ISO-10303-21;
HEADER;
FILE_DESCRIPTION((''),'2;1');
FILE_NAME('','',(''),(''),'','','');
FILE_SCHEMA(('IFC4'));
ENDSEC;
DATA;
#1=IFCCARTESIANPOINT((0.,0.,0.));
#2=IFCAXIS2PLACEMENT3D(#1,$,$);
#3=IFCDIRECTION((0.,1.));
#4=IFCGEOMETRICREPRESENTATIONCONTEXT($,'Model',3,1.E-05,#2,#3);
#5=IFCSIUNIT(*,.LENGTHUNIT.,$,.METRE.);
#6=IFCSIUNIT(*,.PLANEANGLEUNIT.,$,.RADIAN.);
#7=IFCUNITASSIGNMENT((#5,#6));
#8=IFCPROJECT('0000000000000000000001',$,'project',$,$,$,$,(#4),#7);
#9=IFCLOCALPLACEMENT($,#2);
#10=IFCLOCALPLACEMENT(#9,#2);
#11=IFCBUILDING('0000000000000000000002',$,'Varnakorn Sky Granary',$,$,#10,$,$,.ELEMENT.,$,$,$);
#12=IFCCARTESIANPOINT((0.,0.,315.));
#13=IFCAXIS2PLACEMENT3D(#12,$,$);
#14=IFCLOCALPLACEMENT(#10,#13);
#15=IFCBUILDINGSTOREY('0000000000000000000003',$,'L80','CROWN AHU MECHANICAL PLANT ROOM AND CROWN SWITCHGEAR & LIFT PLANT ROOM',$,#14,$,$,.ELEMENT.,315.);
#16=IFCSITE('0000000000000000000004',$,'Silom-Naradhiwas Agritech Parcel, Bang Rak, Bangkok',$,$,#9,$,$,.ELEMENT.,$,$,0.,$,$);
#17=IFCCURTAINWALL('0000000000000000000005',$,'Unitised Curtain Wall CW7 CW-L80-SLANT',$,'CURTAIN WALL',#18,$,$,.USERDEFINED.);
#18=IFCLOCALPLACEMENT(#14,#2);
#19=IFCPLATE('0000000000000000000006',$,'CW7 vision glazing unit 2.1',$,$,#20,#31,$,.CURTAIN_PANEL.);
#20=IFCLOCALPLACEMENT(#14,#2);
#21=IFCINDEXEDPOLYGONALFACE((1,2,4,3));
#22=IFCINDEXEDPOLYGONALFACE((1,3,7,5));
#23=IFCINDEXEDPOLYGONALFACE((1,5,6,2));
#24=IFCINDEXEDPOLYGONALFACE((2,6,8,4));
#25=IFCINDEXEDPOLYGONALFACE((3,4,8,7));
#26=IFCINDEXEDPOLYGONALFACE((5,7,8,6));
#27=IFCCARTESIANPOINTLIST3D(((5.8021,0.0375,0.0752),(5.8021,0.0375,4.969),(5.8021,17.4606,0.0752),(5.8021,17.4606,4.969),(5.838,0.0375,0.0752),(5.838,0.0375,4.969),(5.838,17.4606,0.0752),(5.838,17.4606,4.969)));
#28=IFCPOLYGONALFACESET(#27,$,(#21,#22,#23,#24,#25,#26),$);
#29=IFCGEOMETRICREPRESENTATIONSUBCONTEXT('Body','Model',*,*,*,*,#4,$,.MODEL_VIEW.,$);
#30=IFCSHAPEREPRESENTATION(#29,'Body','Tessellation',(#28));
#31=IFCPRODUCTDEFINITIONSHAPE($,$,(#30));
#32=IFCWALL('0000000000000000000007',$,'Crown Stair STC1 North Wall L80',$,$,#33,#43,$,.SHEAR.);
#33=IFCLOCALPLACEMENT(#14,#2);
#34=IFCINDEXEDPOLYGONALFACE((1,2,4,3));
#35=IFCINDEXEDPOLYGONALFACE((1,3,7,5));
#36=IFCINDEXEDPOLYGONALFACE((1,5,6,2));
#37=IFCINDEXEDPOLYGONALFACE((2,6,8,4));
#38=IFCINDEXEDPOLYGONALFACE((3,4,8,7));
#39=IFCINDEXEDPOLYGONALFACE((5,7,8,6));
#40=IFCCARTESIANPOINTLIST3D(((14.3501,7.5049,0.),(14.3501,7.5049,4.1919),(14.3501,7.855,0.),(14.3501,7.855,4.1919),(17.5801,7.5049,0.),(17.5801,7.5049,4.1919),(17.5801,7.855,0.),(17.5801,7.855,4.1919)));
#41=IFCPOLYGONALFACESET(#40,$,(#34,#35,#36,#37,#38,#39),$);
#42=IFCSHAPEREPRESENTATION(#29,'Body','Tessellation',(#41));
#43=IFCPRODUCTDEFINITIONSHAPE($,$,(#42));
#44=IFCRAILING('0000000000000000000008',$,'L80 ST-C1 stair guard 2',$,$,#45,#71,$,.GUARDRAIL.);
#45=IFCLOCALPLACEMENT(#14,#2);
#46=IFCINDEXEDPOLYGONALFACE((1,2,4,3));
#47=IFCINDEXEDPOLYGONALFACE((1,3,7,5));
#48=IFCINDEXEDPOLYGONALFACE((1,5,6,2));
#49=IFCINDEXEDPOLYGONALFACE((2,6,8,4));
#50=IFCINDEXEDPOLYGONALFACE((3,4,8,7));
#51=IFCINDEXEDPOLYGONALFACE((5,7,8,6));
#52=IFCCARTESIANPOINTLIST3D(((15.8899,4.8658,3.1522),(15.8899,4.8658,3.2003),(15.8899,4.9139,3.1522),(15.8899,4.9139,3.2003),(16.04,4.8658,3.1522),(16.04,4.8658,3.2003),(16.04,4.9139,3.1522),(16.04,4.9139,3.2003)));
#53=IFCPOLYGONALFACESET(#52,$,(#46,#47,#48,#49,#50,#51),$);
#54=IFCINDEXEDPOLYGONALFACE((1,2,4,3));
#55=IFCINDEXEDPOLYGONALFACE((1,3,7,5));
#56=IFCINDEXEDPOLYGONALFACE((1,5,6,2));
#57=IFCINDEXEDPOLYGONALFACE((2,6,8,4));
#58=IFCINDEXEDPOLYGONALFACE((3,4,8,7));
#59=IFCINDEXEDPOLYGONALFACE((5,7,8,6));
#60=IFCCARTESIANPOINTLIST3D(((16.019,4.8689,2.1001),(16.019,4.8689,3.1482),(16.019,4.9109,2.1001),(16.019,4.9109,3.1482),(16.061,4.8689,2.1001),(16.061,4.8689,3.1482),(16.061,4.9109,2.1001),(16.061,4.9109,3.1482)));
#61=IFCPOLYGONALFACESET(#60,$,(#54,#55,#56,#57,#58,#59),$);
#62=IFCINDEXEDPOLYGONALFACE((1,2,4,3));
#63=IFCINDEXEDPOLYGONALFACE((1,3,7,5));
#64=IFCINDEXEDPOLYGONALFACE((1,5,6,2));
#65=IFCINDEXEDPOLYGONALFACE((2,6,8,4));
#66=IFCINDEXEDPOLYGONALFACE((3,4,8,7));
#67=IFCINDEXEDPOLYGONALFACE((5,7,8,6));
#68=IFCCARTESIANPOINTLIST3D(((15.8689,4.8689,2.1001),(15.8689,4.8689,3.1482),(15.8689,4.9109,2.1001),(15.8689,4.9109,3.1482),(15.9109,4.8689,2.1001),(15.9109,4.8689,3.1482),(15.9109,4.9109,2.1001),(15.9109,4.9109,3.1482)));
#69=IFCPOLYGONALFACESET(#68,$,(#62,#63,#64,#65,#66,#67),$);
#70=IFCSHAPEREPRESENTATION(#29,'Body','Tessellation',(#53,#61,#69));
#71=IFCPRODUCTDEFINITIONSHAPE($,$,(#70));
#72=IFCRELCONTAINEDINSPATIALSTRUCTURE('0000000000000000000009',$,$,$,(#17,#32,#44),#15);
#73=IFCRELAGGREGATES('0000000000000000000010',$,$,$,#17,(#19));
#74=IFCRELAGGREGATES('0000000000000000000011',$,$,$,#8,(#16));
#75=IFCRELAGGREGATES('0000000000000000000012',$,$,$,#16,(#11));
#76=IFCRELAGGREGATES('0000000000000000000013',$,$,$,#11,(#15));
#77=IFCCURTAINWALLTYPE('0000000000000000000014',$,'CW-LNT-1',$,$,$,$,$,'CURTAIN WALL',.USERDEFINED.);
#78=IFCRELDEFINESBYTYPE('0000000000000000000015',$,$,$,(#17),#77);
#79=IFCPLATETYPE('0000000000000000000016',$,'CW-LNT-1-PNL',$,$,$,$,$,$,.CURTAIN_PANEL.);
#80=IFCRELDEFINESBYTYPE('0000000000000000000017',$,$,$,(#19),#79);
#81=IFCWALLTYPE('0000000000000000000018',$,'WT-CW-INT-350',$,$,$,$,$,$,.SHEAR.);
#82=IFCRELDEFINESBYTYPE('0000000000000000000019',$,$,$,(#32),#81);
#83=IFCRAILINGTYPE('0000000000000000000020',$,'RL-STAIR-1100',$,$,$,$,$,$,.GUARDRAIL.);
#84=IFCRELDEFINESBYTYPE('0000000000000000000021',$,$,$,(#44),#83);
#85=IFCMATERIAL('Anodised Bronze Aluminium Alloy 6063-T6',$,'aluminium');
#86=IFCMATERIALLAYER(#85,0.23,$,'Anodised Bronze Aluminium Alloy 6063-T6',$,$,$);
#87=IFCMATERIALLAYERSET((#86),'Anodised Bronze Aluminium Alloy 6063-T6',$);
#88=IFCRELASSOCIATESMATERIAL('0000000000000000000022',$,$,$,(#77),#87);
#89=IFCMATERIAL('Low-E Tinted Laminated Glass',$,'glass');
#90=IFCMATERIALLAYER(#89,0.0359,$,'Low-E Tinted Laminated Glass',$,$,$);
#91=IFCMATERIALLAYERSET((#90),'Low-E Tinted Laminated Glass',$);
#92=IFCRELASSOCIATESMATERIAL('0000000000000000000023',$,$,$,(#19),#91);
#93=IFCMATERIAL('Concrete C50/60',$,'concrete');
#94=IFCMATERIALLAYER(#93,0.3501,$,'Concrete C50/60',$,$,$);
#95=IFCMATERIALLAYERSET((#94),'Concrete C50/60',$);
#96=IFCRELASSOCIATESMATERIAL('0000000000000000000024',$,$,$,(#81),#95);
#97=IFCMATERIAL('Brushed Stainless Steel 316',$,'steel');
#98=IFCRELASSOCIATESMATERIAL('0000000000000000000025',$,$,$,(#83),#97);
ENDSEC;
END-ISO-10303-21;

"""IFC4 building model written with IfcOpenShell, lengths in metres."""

from ifc_helpers import new_model, si_unit, direction, frame, frame_2d, origin, origin_2d, place, context, subcontext, project, spatial, rectangle, extrude, source, transform, mapped, material, layer, layer_set, type_object, element, aggregate, save


model = new_model("IFC4")

# Units and contexts
model_context = context("Model", 3, precision=1e-05, world=origin(), true_north=direction((0.0, 1.0)))
body_context = subcontext(model_context, "Body", "Model", "MODEL_VIEW")
ifc_project = project(units=[si_unit("LENGTHUNIT", "METRE"), si_unit("PLANEANGLEUNIT", "RADIAN")], contexts=[model_context])

# Site, building, storey
site_placement = place(None, origin())
site = spatial("IfcSite", under=ifc_project, at=site_placement, Name="Silom-Naradhiwas Agritech Parcel, Bang Rak, Bangkok", CompositionType="ELEMENT", RefElevation=0.0)
building_placement = place(site_placement, origin())
building = spatial("IfcBuilding", under=site, at=building_placement, Name="Varnakorn Sky Granary", CompositionType="ELEMENT")
storey_placement = place(building_placement, frame((0.0, 0.0, 315.0)))
storey = spatial("IfcBuildingStorey", under=building, at=storey_placement, Name="L80", Description="CROWN AHU MECHANICAL PLANT ROOM AND CROWN SWITCHGEAR & LIFT PLANT ROOM", CompositionType="ELEMENT", Elevation=315.0)

# Shared definitions
ifc_material_1 = material(Name="Concrete C50/60", Category="concrete")

# Shared definitions
ifc_material_2 = material(Name="Anodised Bronze Aluminium Alloy 6063-T6", Category="aluminium")
ifc_layer_1 = layer(ifc_material_2, 0.23, Name="Anodised Bronze Aluminium Alloy 6063-T6")
ifc_layer_set_1 = layer_set([ifc_layer_1], Name="Anodised Bronze Aluminium Alloy 6063-T6")
curtain_wall_type = type_object("IfcCurtainWallType", Name="CW-LNT-1", ElementType="CURTAIN WALL", PredefinedType="USERDEFINED", material=ifc_layer_set_1)

# Curtain wall
curtain_wall_1_placement = place(storey_placement, origin())
curtain_wall_1 = element("IfcCurtainWall", 1, at=curtain_wall_1_placement, inside=storey, type_object=curtain_wall_type, Name="Unitised Curtain Wall CW7 CW-L80-SLANT", ObjectType="CURTAIN WALL", PredefinedType="USERDEFINED")

# Plate
ifc_material_3 = material(Name="Low-E Tinted Laminated Glass", Category="glass")
ifc_layer_2 = layer(ifc_material_3, 0.0359, Name="Low-E Tinted Laminated Glass")
ifc_layer_set_2 = layer_set([ifc_layer_2], Name="Low-E Tinted Laminated Glass")
plate_type = type_object("IfcPlateType", Name="CW-LNT-1-PNL", PredefinedType="CURTAIN_PANEL")
shared_shape_1 = source(origin(), body_context, "Body", "SweptSolid", [
    extrude(rectangle(XDim=17.4231, YDim=0.0359, at=origin_2d()), origin(), (0.0, 0.0, 1.0), 4.8938),
])
plate_1_placement = place(storey_placement, frame((5.8201, 8.749, 0.0752), z_axis=(0.0, 0.0, 1.0), x_axis=(0.0, 1.0, 0.0)))
plate_1 = element("IfcPlate", 2, at=plate_1_placement, type_object=plate_type, material=ifc_layer_set_2, Name="CW7 vision glazing unit 2.1", PredefinedType="CURTAIN_PANEL", context=body_context, shape_type="MappedRepresentation", body=[
    mapped(shared_shape_1, transform((0.0, 0.0, 0.0), x_axis=(1.0, 0.0, 0.0), y_axis=(0.0, 1.0, 0.0), z_axis=(0.0, 0.0, 1.0), scale=1.0)),
])
aggregate(curtain_wall_1, [plate_1])

# Wall
ifc_layer_3 = layer(ifc_material_1, 0.3501, Name="Concrete C50/60")
ifc_layer_set_3 = layer_set([ifc_layer_3], Name="Concrete C50/60")
wall_type = type_object("IfcWallType", Name="WT-CW-INT-350", PredefinedType="SHEAR", material=ifc_layer_set_3)
wall_placement = place(storey_placement, frame((14.3501, 7.6799, 0.0), z_axis=(0.0, 0.0, 1.0), x_axis=(1.0, 0.0, 0.0)))
element("IfcWall", 3, at=wall_placement, inside=storey, type_object=wall_type, Name="Crown Stair STC1 North Wall L80", PredefinedType="SHEAR", context=body_context, shape_type="SweptSolid", body=[
    extrude(rectangle(XDim=3.23, YDim=0.3501, at=frame_2d((1.615, 0.0))), origin(), (0.0, 0.0, 1.0), 4.1919),
])

# Railing
ifc_material_4 = material(Name="Brushed Stainless Steel 316", Category="steel")
railing_type = type_object("IfcRailingType", Name="RL-STAIR-1100", PredefinedType="GUARDRAIL", material=ifc_material_4)
railing_placement = place(storey_placement, frame((16.04, 4.8899, 2.1001)))
element("IfcRailing", 4, at=railing_placement, inside=storey, type_object=railing_type, Name="L80 ST-C1 stair guard 2", PredefinedType="GUARDRAIL", context=body_context, shape_type="SweptSolid", body=[
    extrude(rectangle(XDim=0.0481, YDim=0.0481, at=origin_2d()), frame((0.0, 0.0, 1.0762), z_axis=(-1.0, 0.0, 0.0), x_axis=(0.0, -1.0, 0.0)), (0.0, 0.0, 1.0), 0.1501),
    extrude(rectangle(XDim=0.042, YDim=0.042, at=origin_2d()), origin(), (0.0, 0.0, 1.0), 1.0481),
    extrude(rectangle(XDim=0.042, YDim=0.042, at=origin_2d()), frame((-0.1501, 0.0, 0.0)), (0.0, 0.0, 1.0), 1.0481),
])

save(model, "model.ifc")
